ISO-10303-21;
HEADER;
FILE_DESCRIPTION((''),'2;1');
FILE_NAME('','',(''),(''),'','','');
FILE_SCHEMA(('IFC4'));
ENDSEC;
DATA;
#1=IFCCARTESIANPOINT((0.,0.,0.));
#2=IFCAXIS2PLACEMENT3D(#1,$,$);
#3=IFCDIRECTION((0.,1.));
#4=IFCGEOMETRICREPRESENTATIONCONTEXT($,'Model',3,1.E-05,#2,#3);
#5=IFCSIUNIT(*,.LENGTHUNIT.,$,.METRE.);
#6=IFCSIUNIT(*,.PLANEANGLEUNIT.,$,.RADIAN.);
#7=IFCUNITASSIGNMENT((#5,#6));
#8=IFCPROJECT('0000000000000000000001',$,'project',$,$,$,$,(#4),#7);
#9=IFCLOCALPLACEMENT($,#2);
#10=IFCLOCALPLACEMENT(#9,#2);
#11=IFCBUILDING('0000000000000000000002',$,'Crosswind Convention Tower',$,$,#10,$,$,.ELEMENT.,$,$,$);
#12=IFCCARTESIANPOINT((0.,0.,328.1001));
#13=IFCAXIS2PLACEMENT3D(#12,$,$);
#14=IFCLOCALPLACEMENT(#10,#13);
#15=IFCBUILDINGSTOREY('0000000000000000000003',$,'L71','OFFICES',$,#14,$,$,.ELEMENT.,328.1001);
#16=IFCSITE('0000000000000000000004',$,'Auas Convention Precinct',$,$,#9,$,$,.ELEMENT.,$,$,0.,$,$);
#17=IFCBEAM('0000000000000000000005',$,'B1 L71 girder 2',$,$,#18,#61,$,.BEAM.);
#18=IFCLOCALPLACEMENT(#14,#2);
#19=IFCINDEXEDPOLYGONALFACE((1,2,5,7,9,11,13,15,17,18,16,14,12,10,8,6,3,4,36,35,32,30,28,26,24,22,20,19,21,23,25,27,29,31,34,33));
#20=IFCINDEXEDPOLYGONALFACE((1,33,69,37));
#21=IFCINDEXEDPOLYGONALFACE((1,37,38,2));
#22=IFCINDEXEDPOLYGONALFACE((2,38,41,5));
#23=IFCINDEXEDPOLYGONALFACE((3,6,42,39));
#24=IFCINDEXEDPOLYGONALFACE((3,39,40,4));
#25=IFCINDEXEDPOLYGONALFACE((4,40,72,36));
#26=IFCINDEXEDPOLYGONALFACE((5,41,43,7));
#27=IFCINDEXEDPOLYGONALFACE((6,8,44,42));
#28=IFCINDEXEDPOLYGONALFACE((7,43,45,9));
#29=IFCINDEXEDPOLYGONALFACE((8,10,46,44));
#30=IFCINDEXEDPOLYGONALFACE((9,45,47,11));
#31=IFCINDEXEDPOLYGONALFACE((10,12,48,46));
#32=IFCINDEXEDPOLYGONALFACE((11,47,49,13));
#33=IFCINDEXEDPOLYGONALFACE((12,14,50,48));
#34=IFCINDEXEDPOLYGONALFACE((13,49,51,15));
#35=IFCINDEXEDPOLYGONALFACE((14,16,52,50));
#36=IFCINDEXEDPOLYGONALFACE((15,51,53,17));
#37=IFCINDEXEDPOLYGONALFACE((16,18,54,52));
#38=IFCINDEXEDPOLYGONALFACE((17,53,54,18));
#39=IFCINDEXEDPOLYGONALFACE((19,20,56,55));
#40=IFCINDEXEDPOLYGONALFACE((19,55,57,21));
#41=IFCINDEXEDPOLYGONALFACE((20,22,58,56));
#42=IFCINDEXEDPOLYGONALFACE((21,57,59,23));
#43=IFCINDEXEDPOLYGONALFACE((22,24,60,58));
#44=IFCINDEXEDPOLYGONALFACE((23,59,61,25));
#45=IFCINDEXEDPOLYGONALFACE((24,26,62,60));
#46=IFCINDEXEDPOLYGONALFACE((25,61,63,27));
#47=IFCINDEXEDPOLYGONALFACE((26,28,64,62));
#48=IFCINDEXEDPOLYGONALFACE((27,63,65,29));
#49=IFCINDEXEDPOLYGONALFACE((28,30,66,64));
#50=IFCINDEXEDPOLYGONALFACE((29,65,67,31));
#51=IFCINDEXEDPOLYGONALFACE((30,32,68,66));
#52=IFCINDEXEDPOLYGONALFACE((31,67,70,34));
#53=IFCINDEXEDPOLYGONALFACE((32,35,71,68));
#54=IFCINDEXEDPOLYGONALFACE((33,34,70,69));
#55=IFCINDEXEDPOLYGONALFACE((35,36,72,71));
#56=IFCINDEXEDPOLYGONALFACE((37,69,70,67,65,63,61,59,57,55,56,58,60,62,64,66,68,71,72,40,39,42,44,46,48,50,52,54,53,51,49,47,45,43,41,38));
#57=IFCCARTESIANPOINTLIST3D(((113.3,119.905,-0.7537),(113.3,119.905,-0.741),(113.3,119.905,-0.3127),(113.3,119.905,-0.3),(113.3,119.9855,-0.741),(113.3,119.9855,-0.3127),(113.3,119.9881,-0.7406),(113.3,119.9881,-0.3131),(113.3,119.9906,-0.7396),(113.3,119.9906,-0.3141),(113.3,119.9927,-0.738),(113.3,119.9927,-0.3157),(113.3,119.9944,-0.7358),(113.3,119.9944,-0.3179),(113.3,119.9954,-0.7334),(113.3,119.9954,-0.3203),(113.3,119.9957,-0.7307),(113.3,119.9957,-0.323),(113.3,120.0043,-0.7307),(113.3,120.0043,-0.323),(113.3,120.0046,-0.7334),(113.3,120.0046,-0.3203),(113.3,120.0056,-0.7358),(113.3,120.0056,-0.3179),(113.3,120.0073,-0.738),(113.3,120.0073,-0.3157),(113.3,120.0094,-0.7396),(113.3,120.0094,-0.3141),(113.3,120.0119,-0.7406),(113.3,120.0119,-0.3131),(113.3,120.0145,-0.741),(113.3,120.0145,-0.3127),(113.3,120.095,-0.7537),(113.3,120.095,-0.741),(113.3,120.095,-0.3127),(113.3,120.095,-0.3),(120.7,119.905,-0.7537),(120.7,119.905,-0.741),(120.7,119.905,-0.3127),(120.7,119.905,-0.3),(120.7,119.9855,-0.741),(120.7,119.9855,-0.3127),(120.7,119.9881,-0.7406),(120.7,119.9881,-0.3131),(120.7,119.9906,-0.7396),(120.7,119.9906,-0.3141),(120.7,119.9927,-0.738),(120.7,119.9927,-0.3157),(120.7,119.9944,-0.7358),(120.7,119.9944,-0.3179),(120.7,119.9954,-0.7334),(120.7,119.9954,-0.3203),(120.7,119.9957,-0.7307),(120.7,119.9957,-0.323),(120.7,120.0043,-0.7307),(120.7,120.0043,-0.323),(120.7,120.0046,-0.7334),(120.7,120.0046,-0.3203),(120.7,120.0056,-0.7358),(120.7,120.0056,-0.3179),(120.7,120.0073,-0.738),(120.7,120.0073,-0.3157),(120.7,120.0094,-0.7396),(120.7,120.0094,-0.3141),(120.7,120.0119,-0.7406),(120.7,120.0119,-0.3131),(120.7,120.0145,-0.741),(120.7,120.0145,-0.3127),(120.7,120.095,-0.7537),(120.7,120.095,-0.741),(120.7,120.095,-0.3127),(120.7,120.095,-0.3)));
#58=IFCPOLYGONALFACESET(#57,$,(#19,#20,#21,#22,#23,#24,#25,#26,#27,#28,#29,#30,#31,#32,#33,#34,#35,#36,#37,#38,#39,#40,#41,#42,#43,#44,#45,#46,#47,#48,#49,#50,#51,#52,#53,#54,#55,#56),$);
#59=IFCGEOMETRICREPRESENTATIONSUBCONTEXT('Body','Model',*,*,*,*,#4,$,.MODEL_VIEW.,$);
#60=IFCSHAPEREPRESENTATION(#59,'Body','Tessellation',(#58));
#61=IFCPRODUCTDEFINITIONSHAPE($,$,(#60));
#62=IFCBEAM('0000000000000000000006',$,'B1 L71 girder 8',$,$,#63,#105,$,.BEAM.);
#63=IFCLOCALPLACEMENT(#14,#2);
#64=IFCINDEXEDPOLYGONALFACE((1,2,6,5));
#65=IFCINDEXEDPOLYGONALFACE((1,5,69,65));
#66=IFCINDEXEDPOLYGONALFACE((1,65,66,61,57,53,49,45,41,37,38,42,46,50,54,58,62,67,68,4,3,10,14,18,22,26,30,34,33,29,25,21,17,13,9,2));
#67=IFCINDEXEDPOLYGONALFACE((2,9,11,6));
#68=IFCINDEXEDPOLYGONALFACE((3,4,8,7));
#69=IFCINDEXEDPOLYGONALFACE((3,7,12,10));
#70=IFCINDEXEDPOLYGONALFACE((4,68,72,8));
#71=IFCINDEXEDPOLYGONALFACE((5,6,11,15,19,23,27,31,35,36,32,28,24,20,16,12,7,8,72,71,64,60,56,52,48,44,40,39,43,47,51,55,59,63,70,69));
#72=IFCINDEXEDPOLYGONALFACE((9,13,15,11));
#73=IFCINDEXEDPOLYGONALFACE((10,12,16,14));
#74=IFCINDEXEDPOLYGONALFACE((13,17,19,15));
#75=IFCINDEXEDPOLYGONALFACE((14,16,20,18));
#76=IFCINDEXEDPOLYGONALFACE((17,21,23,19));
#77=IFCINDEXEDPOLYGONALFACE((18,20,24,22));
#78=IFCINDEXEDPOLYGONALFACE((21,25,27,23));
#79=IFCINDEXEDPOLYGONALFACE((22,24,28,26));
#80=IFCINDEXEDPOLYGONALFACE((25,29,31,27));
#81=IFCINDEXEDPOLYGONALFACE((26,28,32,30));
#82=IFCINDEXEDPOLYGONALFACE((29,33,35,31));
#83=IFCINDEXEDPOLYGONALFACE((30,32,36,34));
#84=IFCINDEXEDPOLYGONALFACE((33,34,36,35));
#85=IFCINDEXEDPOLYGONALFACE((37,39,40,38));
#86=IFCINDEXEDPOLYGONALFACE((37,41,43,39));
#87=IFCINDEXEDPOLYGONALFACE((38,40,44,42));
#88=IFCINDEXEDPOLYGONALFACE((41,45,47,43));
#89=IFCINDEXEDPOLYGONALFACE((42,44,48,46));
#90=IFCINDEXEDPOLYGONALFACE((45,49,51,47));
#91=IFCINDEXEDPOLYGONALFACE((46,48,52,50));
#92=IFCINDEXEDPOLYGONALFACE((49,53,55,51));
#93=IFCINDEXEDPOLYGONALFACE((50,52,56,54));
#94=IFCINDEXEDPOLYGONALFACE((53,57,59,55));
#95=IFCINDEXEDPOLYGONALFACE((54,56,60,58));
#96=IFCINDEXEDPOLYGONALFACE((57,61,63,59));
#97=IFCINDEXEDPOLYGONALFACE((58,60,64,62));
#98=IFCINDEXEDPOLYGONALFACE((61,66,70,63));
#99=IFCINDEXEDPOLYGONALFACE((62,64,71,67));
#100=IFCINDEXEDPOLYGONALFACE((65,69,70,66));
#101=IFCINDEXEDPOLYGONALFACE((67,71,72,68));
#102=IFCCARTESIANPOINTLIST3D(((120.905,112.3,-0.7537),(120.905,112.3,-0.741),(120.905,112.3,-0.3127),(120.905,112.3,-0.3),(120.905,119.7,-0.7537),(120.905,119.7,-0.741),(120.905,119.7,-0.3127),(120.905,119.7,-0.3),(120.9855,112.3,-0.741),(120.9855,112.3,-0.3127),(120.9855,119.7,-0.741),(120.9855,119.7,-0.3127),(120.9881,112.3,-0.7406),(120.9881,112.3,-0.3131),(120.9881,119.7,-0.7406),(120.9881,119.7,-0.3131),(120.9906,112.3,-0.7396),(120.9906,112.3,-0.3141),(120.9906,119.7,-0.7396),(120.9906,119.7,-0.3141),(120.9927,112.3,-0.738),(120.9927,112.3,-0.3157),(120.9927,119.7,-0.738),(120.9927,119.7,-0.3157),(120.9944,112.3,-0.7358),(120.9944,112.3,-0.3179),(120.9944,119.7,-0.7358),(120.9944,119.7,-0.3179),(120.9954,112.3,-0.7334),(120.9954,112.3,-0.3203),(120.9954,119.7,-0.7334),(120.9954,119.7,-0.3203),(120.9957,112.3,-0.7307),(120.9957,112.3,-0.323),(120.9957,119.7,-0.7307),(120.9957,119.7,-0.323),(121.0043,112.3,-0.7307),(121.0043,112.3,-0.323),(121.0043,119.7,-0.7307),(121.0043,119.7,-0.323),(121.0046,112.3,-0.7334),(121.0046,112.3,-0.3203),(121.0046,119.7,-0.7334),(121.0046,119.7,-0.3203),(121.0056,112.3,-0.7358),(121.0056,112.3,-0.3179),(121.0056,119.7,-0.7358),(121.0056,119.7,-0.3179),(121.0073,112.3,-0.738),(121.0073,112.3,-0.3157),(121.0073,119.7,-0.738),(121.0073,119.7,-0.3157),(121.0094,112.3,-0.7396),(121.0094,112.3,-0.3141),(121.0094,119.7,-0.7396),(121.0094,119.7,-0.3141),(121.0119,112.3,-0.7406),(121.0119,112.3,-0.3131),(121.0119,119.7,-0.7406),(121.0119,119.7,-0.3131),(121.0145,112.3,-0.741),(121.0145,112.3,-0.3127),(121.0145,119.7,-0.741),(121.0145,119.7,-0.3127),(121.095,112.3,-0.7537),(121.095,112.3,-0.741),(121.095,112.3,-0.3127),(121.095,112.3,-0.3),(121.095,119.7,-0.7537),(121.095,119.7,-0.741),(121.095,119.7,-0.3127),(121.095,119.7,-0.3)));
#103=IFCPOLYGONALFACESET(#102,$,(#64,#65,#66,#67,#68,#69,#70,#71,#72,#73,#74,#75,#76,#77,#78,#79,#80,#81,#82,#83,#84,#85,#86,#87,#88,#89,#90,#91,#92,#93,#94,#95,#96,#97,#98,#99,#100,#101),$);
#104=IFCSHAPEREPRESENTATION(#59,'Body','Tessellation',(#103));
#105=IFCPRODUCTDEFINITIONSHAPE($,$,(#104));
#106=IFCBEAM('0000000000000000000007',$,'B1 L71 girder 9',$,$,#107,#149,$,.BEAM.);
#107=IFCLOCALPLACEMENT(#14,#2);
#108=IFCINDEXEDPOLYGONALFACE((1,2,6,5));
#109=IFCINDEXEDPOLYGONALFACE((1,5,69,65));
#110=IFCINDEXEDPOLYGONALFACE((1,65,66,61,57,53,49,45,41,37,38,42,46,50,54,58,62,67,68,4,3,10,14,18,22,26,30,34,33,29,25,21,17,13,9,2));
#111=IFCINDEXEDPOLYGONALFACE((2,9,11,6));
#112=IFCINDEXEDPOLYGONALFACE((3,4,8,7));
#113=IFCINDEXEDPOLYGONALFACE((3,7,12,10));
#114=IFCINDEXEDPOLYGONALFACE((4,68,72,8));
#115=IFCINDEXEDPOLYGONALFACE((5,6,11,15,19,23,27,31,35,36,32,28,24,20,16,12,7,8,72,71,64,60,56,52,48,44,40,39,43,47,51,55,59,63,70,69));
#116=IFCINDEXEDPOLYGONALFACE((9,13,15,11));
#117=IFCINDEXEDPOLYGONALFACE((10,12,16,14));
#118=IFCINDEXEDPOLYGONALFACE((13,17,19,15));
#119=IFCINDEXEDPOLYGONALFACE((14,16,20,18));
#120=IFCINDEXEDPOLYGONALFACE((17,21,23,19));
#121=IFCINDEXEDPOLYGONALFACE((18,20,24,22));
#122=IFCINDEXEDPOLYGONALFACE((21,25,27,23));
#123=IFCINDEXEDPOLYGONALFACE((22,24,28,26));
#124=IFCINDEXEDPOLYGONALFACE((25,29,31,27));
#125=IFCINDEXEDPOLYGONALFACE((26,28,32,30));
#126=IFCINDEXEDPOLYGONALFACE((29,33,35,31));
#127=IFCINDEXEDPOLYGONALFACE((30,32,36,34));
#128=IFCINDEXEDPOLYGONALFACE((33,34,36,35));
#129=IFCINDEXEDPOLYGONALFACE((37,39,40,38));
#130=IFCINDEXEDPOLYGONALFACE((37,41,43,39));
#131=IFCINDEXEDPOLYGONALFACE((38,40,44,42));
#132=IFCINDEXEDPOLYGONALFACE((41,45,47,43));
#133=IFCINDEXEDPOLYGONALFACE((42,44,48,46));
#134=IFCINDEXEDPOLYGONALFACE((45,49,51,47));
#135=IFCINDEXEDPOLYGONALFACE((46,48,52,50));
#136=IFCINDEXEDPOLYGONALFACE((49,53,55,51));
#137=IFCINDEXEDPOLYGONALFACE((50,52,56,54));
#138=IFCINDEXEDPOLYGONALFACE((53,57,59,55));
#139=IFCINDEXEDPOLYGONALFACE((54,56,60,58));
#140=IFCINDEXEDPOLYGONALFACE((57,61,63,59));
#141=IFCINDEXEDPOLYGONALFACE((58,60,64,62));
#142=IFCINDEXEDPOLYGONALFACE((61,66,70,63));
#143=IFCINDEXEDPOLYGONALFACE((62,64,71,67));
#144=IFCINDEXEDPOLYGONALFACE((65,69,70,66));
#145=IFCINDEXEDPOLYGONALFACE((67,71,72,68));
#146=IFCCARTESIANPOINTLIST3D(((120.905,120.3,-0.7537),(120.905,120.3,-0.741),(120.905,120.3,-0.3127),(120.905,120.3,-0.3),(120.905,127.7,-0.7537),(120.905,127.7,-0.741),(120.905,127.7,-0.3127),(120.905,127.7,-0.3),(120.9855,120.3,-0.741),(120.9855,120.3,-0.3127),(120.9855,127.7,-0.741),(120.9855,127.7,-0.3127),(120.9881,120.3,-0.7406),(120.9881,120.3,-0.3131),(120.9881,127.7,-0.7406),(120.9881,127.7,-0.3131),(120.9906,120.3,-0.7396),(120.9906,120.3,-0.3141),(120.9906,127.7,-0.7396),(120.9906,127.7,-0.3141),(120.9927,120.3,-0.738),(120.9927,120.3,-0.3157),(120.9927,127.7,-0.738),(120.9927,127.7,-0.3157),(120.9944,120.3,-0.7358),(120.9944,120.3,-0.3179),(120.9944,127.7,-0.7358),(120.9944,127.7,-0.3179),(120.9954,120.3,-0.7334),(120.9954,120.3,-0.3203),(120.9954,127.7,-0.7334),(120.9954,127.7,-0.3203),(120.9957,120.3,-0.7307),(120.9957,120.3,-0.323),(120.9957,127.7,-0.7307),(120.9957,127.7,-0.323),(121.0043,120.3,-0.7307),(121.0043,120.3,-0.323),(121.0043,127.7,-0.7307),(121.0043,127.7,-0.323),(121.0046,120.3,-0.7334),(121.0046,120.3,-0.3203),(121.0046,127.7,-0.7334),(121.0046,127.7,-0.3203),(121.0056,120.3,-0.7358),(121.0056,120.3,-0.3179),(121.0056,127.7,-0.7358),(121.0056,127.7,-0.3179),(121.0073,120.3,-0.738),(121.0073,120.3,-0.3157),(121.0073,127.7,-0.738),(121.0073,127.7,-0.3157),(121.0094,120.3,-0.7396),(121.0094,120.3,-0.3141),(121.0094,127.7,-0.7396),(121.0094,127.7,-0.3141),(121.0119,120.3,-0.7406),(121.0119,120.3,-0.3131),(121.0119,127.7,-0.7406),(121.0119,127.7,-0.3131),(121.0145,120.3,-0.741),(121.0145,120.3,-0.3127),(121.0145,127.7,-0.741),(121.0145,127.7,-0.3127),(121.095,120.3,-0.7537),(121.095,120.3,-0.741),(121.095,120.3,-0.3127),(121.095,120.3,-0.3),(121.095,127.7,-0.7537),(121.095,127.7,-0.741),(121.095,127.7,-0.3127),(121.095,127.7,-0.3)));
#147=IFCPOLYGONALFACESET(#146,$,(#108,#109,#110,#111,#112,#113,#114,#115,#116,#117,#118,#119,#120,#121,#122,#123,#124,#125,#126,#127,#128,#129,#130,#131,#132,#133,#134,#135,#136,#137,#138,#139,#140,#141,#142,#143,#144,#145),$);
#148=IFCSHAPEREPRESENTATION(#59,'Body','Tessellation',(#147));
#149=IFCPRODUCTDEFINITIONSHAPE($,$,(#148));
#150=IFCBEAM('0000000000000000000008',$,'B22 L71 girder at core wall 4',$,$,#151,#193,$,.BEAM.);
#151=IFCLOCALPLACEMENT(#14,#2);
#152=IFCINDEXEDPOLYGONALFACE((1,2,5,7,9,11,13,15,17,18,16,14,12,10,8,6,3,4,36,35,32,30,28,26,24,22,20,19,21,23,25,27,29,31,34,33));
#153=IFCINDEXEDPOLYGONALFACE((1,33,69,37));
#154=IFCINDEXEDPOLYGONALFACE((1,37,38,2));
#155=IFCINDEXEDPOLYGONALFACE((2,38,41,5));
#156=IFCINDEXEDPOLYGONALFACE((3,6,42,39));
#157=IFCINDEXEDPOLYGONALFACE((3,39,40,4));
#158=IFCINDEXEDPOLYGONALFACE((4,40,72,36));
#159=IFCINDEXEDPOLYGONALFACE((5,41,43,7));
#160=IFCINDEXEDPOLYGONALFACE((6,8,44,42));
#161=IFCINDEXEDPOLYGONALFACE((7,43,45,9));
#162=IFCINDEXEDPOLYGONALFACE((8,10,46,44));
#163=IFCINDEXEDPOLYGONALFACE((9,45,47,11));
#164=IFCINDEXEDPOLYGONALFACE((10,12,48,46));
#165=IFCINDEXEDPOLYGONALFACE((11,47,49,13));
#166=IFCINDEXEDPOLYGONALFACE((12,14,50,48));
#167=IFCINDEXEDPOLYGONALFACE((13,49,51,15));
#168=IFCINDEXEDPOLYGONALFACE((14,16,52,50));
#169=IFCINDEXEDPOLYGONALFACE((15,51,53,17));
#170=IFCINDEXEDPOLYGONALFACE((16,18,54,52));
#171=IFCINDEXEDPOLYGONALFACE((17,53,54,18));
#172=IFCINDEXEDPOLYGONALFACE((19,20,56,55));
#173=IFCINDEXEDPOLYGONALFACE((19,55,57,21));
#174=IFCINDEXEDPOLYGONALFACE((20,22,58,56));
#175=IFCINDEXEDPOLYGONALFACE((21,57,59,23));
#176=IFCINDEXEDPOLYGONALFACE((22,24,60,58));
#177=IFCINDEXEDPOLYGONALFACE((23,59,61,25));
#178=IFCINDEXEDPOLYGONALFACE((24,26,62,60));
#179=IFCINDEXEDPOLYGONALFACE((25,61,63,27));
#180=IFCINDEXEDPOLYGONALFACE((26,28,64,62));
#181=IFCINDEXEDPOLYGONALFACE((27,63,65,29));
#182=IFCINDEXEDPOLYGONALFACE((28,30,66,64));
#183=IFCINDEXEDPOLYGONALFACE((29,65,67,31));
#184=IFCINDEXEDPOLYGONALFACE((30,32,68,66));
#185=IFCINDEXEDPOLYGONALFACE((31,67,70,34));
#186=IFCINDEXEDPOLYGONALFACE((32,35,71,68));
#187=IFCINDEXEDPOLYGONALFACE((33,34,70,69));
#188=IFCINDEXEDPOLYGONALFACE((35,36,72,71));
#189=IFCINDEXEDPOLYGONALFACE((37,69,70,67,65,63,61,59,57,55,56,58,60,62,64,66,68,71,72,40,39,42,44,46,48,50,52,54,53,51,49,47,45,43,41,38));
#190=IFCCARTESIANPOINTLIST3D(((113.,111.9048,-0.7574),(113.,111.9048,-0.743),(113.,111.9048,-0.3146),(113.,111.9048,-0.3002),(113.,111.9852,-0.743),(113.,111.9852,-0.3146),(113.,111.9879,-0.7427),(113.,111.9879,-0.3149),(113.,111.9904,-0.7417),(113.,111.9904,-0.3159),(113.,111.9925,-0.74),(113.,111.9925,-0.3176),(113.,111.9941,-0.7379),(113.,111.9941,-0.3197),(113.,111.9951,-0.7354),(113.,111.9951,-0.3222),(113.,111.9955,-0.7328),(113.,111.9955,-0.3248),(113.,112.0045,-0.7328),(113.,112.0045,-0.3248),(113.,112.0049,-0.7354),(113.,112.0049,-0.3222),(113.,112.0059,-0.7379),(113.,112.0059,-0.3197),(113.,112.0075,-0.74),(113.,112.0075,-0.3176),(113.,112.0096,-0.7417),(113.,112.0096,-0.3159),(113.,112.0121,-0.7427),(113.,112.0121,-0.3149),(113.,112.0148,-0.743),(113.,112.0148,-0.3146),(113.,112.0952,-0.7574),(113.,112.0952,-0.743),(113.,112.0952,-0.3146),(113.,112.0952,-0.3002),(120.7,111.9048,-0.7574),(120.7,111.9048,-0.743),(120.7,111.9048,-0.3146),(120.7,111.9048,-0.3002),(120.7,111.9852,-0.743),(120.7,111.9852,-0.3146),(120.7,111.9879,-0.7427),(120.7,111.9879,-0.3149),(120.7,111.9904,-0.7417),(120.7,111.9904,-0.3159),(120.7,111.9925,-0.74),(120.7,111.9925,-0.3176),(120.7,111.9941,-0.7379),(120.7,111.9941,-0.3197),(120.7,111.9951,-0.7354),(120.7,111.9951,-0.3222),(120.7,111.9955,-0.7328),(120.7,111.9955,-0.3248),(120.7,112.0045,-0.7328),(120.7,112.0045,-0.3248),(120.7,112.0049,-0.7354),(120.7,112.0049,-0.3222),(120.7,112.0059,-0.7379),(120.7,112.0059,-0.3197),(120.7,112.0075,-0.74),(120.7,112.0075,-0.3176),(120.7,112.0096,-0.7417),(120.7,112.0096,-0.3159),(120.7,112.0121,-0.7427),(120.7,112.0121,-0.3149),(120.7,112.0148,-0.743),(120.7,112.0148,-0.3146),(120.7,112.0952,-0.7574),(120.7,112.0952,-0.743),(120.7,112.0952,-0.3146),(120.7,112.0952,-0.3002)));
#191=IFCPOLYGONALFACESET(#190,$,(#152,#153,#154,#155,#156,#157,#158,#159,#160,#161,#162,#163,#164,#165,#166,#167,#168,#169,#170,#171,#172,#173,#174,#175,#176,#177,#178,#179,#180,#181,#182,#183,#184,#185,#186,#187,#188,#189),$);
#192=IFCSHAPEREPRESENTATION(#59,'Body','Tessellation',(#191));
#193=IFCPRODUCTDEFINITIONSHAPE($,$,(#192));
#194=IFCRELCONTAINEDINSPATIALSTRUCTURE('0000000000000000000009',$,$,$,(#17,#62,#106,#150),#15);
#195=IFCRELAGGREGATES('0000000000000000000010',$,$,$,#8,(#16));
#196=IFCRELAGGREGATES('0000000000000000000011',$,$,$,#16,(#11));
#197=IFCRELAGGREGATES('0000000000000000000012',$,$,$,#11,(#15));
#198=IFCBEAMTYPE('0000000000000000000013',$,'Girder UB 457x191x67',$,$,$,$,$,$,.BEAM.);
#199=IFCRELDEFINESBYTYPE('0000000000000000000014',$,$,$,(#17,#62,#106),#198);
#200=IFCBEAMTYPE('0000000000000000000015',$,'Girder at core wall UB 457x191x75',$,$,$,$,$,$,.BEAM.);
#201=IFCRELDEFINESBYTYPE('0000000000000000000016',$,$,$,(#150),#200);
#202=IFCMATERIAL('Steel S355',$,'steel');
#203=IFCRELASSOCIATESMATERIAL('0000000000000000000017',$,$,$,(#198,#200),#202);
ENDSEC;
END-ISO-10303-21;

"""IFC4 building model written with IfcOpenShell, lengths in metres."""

from ifc_helpers import new_model, si_unit, direction, frame, origin, origin_2d, place, context, subcontext, project, spatial, i_section, extrude, material, material_profile, profile_set, type_object, element, save


model = new_model("IFC4")

# Units and contexts
model_context = context("Model", 3, precision=1e-05, world=origin(), true_north=direction((0.0, 1.0)))
body_context = subcontext(model_context, "Body", "Model", "MODEL_VIEW")
ifc_project = project(units=[si_unit("LENGTHUNIT", "METRE"), si_unit("PLANEANGLEUNIT", "RADIAN")], contexts=[model_context])

# Site, building, storey
site_placement = place(None, origin())
site = spatial("IfcSite", under=ifc_project, at=site_placement, Name="Auas Convention Precinct", CompositionType="ELEMENT", RefElevation=0.0)
building_placement = place(site_placement, origin())
building = spatial("IfcBuilding", under=site, at=building_placement, Name="Crosswind Convention Tower", CompositionType="ELEMENT")
storey_placement = place(building_placement, frame((0.0, 0.0, 328.1001)))
storey = spatial("IfcBuildingStorey", under=building, at=storey_placement, Name="L71", Description="OFFICES", CompositionType="ELEMENT", Elevation=328.1001)

# Beams
ifc_material_1 = material(Name="Steel S355", Category="steel")
ifc_material_profile_1 = material_profile(ifc_material_1, i_section(OverallWidth=0.1899, OverallDepth=0.4536, WebThickness=0.0085, FlangeThickness=0.0127, FilletRadius=0.0103, at=origin_2d()), Name="UB 457x191x67")
ifc_profile_set_1 = profile_set([ifc_material_profile_1], Name="Steel S355")
beam_type_1 = type_object("IfcBeamType", Name="Girder UB 457x191x67", PredefinedType="BEAM", material=ifc_profile_set_1)
for number, where, z_axis, x_axis, name in (
    (1, (113.3, 120.0, -0.5269), (1.0, 0.0, 0.0), (0.0, 1.0, 0.0), "B1 L71 girder 2"),
    (2, (121.0, 112.3, -0.5269), (0.0, 1.0, 0.0), (-1.0, 0.0, 0.0), "B1 L71 girder 8"),
    (3, (121.0, 120.3, -0.5269), (0.0, 1.0, 0.0), (-1.0, 0.0, 0.0), "B1 L71 girder 9"),
):
    element("IfcBeam", number, at=place(storey_placement, frame(where, z_axis=z_axis, x_axis=x_axis)), inside=storey, type_object=beam_type_1, Name=name, PredefinedType="BEAM", context=body_context, shape_type="SweptSolid", body=[
        extrude(i_section(OverallWidth=0.1899, OverallDepth=0.4536, WebThickness=0.0085, FlangeThickness=0.0127, FilletRadius=0.0103, at=origin_2d()), origin(), (0.0, 0.0, 1.0), 7.3999),
    ])
ifc_material_profile_2 = material_profile(ifc_material_1, i_section(OverallWidth=0.1904, OverallDepth=0.4573, WebThickness=0.009, FlangeThickness=0.0144, FilletRadius=0.0103, at=origin_2d()), Name="UB 457x191x75")
ifc_profile_set_2 = profile_set([ifc_material_profile_2], Name="Steel S355")
beam_type_2 = type_object("IfcBeamType", Name="Girder at core wall UB 457x191x75", PredefinedType="BEAM", material=ifc_profile_set_2)
beam_1_placement = place(storey_placement, frame((113.0, 112.0, -0.5288), z_axis=(1.0, 0.0, 0.0), x_axis=(0.0, 1.0, 0.0)))
element("IfcBeam", 4, at=beam_1_placement, inside=storey, type_object=beam_type_2, Name="B22 L71 girder at core wall 4", PredefinedType="BEAM", context=body_context, shape_type="SweptSolid", body=[
    extrude(i_section(OverallWidth=0.1904, OverallDepth=0.4573, WebThickness=0.009, FlangeThickness=0.0144, FilletRadius=0.0103, at=origin_2d()), origin(), (0.0, 0.0, 1.0), 7.7),
])

save(model, "model.ifc")
